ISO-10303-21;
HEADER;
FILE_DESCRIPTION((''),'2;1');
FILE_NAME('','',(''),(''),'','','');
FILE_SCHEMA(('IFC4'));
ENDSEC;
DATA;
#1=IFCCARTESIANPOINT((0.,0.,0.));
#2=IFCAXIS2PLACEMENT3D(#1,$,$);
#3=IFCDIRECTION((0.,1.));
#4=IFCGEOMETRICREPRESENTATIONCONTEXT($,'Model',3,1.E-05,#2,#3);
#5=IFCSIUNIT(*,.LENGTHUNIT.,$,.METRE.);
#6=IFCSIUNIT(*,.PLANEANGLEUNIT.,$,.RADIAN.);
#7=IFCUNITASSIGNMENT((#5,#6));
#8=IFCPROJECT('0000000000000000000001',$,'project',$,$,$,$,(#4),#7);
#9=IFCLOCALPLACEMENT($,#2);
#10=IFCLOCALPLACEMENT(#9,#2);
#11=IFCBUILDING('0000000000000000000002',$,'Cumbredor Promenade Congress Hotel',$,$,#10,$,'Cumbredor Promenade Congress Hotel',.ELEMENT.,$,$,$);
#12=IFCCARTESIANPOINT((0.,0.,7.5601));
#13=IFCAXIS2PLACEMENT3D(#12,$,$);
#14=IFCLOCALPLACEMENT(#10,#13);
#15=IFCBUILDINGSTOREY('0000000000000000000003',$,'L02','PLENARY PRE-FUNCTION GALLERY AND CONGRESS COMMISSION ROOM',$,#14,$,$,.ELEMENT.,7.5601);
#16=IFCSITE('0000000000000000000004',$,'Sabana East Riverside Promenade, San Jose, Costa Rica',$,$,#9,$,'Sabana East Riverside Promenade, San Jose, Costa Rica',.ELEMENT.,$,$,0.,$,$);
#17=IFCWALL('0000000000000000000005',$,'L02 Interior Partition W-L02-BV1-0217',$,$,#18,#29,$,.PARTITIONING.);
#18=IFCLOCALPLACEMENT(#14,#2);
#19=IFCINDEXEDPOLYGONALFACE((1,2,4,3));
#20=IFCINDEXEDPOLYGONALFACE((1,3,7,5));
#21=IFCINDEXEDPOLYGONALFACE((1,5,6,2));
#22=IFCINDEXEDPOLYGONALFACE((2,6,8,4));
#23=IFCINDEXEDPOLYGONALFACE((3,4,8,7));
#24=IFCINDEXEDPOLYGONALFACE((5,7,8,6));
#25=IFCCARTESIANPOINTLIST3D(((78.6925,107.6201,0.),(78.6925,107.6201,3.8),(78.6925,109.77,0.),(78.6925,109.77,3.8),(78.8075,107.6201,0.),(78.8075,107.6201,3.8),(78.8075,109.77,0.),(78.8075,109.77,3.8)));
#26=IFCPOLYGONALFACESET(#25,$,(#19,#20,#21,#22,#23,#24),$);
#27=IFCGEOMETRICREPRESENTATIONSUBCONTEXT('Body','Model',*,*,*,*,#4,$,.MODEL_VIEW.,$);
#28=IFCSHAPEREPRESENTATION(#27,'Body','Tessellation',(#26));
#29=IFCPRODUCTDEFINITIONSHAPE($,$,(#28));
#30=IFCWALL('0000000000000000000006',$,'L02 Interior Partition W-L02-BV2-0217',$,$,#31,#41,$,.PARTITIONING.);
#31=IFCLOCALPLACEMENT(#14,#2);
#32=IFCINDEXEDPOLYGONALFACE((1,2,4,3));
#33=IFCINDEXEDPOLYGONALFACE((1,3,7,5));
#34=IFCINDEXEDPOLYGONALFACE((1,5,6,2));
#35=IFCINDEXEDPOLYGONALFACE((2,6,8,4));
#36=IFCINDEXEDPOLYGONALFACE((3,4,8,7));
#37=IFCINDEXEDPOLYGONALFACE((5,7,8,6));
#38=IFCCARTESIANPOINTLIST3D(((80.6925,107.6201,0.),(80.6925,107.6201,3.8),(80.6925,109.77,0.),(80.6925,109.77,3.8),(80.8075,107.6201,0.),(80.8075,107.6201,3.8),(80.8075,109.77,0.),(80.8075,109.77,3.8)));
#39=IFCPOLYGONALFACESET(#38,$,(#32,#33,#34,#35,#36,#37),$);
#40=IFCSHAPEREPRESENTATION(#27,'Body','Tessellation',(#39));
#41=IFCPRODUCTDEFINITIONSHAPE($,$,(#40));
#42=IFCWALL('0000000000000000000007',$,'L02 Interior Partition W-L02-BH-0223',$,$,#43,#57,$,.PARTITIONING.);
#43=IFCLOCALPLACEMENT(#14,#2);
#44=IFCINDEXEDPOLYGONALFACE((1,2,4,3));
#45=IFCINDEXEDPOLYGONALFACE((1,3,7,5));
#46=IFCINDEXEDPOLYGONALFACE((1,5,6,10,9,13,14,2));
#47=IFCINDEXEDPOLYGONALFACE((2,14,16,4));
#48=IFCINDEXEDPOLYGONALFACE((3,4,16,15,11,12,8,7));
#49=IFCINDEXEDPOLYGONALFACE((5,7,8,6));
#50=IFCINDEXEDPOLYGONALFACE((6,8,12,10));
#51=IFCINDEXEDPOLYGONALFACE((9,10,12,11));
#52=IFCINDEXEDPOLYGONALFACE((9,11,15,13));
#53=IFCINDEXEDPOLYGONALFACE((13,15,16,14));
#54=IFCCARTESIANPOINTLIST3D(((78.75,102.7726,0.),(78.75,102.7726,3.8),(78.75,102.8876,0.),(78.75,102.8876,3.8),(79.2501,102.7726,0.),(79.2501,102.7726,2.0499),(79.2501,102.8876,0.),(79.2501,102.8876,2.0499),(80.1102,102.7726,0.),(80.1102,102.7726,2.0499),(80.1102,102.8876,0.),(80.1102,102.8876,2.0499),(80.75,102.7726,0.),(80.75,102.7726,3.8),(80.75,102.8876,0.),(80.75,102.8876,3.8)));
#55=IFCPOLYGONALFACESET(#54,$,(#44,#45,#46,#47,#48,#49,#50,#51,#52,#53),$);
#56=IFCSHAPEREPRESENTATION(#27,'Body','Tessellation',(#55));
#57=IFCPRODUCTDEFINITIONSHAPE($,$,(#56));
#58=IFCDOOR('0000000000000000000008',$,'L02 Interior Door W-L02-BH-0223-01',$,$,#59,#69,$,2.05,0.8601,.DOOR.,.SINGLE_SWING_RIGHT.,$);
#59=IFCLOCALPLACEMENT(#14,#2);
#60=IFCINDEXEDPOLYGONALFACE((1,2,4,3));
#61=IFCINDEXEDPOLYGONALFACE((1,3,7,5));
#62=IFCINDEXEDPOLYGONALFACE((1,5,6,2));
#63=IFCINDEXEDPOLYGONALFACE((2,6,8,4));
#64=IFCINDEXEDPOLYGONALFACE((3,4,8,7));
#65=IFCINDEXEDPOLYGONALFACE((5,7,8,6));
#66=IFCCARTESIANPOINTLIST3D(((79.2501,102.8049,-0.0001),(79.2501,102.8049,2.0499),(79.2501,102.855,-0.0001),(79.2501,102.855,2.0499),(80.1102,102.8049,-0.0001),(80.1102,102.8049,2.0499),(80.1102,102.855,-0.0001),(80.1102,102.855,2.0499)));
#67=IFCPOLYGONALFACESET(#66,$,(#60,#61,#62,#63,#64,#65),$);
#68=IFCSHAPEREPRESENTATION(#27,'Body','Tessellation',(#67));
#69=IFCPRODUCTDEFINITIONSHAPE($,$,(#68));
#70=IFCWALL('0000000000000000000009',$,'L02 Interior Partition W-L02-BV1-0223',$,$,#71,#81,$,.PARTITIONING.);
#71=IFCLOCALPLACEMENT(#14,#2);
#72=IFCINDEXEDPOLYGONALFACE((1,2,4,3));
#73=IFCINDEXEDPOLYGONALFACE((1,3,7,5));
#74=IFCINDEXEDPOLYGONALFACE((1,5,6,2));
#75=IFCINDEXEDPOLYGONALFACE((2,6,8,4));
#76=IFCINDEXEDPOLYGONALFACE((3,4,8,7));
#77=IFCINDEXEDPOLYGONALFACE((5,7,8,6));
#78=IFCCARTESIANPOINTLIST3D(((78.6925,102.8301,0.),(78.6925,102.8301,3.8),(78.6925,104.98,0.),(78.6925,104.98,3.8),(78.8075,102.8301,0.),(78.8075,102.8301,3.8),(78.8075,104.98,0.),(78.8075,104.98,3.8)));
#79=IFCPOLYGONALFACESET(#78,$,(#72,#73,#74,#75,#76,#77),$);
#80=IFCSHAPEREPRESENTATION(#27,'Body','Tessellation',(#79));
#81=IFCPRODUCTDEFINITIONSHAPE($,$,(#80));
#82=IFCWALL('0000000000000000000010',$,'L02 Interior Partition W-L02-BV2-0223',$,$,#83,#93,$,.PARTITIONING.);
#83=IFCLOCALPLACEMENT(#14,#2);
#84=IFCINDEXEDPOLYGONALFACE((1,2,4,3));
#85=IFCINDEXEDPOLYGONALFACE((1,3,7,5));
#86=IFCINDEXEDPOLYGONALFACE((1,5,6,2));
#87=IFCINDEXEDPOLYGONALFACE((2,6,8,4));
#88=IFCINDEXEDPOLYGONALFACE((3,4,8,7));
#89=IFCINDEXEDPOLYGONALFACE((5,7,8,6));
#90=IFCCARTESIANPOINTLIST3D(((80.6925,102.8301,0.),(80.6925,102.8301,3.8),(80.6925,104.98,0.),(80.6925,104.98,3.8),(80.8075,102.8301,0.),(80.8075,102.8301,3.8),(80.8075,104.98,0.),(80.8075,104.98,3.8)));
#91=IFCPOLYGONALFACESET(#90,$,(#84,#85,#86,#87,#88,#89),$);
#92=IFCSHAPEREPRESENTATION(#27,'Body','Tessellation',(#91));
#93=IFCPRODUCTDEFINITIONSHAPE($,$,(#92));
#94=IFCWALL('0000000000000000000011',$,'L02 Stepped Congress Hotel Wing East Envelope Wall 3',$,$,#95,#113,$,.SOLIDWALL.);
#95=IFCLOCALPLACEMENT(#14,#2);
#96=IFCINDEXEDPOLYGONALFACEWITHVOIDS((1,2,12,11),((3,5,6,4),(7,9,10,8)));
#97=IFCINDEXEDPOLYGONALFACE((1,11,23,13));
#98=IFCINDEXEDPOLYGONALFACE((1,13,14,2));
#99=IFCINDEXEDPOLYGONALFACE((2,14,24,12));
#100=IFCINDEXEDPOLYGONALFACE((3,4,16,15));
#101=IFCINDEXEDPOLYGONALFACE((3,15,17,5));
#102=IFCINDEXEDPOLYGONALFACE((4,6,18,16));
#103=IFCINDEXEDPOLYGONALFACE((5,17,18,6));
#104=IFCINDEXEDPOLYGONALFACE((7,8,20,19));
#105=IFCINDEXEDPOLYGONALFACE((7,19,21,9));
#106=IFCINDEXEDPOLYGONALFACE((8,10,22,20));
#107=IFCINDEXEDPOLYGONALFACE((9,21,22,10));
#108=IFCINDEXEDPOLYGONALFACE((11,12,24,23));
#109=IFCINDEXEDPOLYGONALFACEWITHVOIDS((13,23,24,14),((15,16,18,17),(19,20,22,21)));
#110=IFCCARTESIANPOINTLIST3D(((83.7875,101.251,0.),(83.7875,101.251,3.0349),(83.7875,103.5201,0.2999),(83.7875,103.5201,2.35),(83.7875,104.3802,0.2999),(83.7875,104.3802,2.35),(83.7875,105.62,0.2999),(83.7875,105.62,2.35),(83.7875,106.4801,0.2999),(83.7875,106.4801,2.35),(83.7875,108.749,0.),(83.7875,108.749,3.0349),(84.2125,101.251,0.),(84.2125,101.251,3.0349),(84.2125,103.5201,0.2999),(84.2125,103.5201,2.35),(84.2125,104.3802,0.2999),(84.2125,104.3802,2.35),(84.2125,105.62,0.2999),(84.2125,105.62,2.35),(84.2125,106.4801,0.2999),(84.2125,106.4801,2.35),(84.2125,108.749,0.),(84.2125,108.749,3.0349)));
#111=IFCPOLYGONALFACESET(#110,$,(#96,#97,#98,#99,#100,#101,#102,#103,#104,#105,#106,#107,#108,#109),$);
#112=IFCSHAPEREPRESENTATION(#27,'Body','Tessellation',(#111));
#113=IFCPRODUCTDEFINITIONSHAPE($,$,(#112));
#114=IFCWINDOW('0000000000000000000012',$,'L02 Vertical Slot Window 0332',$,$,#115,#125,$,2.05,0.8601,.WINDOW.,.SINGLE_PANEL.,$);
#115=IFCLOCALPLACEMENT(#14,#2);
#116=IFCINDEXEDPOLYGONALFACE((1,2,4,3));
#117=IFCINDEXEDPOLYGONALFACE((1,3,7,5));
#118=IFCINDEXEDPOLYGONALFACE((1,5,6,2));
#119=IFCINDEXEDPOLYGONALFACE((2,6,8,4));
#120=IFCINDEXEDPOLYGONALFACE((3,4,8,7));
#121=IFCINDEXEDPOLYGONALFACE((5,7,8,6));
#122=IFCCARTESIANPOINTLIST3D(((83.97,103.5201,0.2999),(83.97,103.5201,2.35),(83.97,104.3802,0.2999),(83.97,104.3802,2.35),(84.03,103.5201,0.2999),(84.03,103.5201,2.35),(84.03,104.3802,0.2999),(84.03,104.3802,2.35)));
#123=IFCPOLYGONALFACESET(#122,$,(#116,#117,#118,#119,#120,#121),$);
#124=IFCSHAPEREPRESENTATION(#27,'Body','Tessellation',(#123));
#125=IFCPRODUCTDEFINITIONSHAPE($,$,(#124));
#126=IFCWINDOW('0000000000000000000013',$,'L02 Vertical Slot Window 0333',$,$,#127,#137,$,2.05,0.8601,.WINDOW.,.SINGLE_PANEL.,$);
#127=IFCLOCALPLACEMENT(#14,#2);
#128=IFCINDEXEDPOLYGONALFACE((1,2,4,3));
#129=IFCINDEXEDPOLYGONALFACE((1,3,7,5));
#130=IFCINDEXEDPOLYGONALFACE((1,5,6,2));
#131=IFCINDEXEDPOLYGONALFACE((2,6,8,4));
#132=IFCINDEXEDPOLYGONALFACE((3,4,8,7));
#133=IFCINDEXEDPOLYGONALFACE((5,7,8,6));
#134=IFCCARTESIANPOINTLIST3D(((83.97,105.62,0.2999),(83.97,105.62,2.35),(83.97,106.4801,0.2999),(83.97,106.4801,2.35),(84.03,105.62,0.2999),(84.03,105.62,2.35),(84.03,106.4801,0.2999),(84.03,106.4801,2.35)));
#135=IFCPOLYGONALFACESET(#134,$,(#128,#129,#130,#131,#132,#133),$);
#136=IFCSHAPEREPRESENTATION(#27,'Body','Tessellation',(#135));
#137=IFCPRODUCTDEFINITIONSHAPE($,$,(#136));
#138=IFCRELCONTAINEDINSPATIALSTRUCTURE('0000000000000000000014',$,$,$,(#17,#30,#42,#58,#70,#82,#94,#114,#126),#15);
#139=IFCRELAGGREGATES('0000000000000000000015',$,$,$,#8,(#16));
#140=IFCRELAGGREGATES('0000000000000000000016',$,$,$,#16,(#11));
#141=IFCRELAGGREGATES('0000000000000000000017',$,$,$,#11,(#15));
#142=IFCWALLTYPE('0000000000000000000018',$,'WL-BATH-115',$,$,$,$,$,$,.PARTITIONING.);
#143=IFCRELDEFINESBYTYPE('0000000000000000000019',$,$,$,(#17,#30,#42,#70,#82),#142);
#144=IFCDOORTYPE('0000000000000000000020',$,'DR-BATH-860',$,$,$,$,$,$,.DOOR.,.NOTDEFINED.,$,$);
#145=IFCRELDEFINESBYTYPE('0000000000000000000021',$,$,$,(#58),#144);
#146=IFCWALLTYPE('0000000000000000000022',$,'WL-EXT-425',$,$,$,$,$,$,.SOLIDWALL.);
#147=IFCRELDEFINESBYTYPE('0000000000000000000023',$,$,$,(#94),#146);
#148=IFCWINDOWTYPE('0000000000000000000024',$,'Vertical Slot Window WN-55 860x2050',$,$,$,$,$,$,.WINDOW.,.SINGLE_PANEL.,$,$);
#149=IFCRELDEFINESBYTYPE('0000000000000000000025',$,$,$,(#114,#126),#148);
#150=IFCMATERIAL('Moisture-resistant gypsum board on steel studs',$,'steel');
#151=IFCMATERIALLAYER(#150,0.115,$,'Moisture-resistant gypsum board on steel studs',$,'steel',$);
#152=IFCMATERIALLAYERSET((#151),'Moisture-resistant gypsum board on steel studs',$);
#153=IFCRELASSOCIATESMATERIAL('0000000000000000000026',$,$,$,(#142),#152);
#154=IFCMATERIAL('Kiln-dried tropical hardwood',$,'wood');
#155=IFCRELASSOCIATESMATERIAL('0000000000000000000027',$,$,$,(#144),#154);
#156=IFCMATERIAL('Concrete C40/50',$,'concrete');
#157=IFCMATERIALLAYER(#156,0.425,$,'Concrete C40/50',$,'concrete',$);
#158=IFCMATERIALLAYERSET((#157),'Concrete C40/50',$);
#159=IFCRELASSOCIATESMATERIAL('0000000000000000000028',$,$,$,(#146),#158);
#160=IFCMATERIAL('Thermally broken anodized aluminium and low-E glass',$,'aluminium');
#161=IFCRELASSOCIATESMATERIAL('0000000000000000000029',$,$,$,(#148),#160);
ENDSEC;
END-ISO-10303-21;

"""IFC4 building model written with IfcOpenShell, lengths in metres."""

from ifc_helpers import new_model, si_unit, direction, frame, frame_2d, origin, place, context, subcontext, project, spatial, rectangle, extrude, material, layer, layer_set, type_object, element, fill, save


model = new_model("IFC4")

# Units and contexts
model_context = context("Model", 3, precision=1e-05, world=origin(), true_north=direction((0.0, 1.0)))
body_context = subcontext(model_context, "Body", "Model", "MODEL_VIEW")
ifc_project = project(units=[si_unit("LENGTHUNIT", "METRE"), si_unit("PLANEANGLEUNIT", "RADIAN")], contexts=[model_context])

# Site, building, storey
site_placement = place(None, origin())
site = spatial("IfcSite", under=ifc_project, at=site_placement, Name="Sabana East Riverside Promenade, San Jose, Costa Rica", LongName="Sabana East Riverside Promenade, San Jose, Costa Rica", CompositionType="ELEMENT", RefElevation=0.0)
building_placement = place(site_placement, origin())
building = spatial("IfcBuilding", under=site, at=building_placement, Name="Cumbredor Promenade Congress Hotel", LongName="Cumbredor Promenade Congress Hotel", CompositionType="ELEMENT")
storey_placement = place(building_placement, frame((0.0, 0.0, 7.5601)))
storey = spatial("IfcBuildingStorey", under=building, at=storey_placement, Name="L02", Description="PLENARY PRE-FUNCTION GALLERY AND CONGRESS COMMISSION ROOM", CompositionType="ELEMENT", Elevation=7.5601)

# Shared definitions
ifc_material_1 = material(Name="Concrete C40/50", Category="concrete")

# Shared definitions
ifc_material_2 = material(Name="Thermally broken anodized aluminium and low-E glass", Category="aluminium")

# Walls
ifc_material_3 = material(Name="Moisture-resistant gypsum board on steel studs", Category="steel")
ifc_layer_1 = layer(ifc_material_3, 0.115, Name="Moisture-resistant gypsum board on steel studs", Category="steel")
ifc_layer_set_1 = layer_set([ifc_layer_1], Name="Moisture-resistant gypsum board on steel studs")
wall_type_1 = type_object("IfcWallType", Name="WL-BATH-115", PredefinedType="PARTITIONING", material=ifc_layer_set_1)
for number, where, z_axis, x_axis, name in (
    (1, (78.75, 107.6201, 0.0), (0.0, 0.0, 1.0), (0.0, 1.0, 0.0), "L02 Interior Partition W-L02-BV1-0217"),
    (2, (80.75, 107.6201, 0.0), (0.0, 0.0, 1.0), (0.0, 1.0, 0.0), "L02 Interior Partition W-L02-BV2-0217"),
):
    element("IfcWall", number, at=place(storey_placement, frame(where, z_axis=z_axis, x_axis=x_axis)), inside=storey, type_object=wall_type_1, Name=name, PredefinedType="PARTITIONING", context=body_context, shape_type="SweptSolid", body=[
        extrude(rectangle(XDim=2.1499, YDim=0.115, at=frame_2d((1.075, 0.0))), origin(), (0.0, 0.0, 1.0), 3.8),
    ])

# Wall, opening, door
wall_1_placement = place(storey_placement, frame((78.75, 102.8301, 0.0), z_axis=(0.0, 0.0, 1.0), x_axis=(1.0, 0.0, 0.0)))
wall_1 = element("IfcWall", 3, at=wall_1_placement, inside=storey, type_object=wall_type_1, Name="L02 Interior Partition W-L02-BH-0223", PredefinedType="PARTITIONING", context=body_context, shape_type="SweptSolid", body=[
    extrude(rectangle(XDim=2.0, YDim=0.115, at=frame_2d((1.0, 0.0))), origin(), (0.0, 0.0, 1.0), 3.8),
])
opening_1_placement = place(wall_1_placement, frame((0.5, 0.0, 0.0)))
opening_1 = element("IfcOpeningElement", 4, at=opening_1_placement, cuts=wall_1, PredefinedType="OPENING", context=body_context, shape_type="SweptSolid", body=[
    extrude(rectangle(XDim=0.8601, YDim=2.05, at=frame_2d((0.4302, 1.0249))), frame((0.0, 0.0674, 0.0), z_axis=(0.0, -1.0, 0.0), x_axis=(1.0, 0.0, 0.0)), (0.0, 0.0, 1.0), 0.135),
])
ifc_material_4 = material(Name="Kiln-dried tropical hardwood", Category="wood")
door_type = type_object("IfcDoorType", Name="DR-BATH-860", OperationType="NOTDEFINED", PredefinedType="DOOR", material=ifc_material_4)
door_placement = place(opening_1_placement, origin())
door = element("IfcDoor", 5, at=door_placement, inside=storey, type_object=door_type, Name="L02 Interior Door W-L02-BH-0223-01", OperationType="SINGLE_SWING_RIGHT", OverallHeight=2.05, OverallWidth=0.8601, PredefinedType="DOOR", context=body_context, shape_type="SweptSolid", body=[
    extrude(rectangle(XDim=0.8601, YDim=2.05, at=frame_2d((0.4302, 1.0249))), frame((0.0, 0.0249, 0.0), z_axis=(0.0, -1.0, 0.0), x_axis=(1.0, 0.0, 0.0)), (0.0, 0.0, 1.0), 0.05),
])
fill(opening_1, door)

# Walls
for number, where, z_axis, x_axis, name in (
    (6, (78.75, 102.8301, 0.0), (0.0, 0.0, 1.0), (0.0, 1.0, 0.0), "L02 Interior Partition W-L02-BV1-0223"),
    (7, (80.75, 102.8301, 0.0), (0.0, 0.0, 1.0), (0.0, 1.0, 0.0), "L02 Interior Partition W-L02-BV2-0223"),
):
    element("IfcWall", number, at=place(storey_placement, frame(where, z_axis=z_axis, x_axis=x_axis)), inside=storey, type_object=wall_type_1, Name=name, PredefinedType="PARTITIONING", context=body_context, shape_type="SweptSolid", body=[
        extrude(rectangle(XDim=2.1499, YDim=0.115, at=frame_2d((1.075, 0.0))), origin(), (0.0, 0.0, 1.0), 3.8),
    ])

# Wall, openings, windows
ifc_layer_2 = layer(ifc_material_1, 0.425, Name="Concrete C40/50", Category="concrete")
ifc_layer_set_2 = layer_set([ifc_layer_2], Name="Concrete C40/50")
wall_type_2 = type_object("IfcWallType", Name="WL-EXT-425", PredefinedType="SOLIDWALL", material=ifc_layer_set_2)
wall_2_placement = place(storey_placement, frame((84.0, 101.251, 0.0), z_axis=(0.0, 0.0, 1.0), x_axis=(0.0, 1.0, 0.0)))
wall_2 = element("IfcWall", 8, at=wall_2_placement, inside=storey, type_object=wall_type_2, Name="L02 Stepped Congress Hotel Wing East Envelope Wall 3", PredefinedType="SOLIDWALL", context=body_context, shape_type="SweptSolid", body=[
    extrude(rectangle(XDim=7.498, YDim=0.425, at=frame_2d((3.749, 0.0))), origin(), (0.0, 0.0, 1.0), 3.0349),
])
opening_2_placement = place(wall_2_placement, frame((2.269, 0.0, 0.3)))
opening_2 = element("IfcOpeningElement", 9, at=opening_2_placement, cuts=wall_2, PredefinedType="OPENING", context=body_context, shape_type="SweptSolid", body=[
    extrude(rectangle(XDim=0.8601, YDim=2.05, at=frame_2d((0.4302, 1.0249))), frame((0.0, 0.2227, 0.0), z_axis=(0.0, -1.0, 0.0), x_axis=(1.0, 0.0, 0.0)), (0.0, 0.0, 1.0), 0.4451),
])
opening_3_placement = place(wall_2_placement, frame((4.3689, 0.0, 0.3)))
opening_3 = element("IfcOpeningElement", 10, at=opening_3_placement, cuts=wall_2, PredefinedType="OPENING", context=body_context, shape_type="SweptSolid", body=[
    extrude(rectangle(XDim=0.8601, YDim=2.05, at=frame_2d((0.4302, 1.0249))), frame((0.0, 0.2227, 0.0), z_axis=(0.0, -1.0, 0.0), x_axis=(1.0, 0.0, 0.0)), (0.0, 0.0, 1.0), 0.4451),
])
window_type = type_object("IfcWindowType", Name="Vertical Slot Window WN-55 860x2050", PartitioningType="SINGLE_PANEL", PredefinedType="WINDOW", material=ifc_material_2)
window_1_placement = place(opening_2_placement, origin())
window_1 = element("IfcWindow", 11, at=window_1_placement, inside=storey, type_object=window_type, Name="L02 Vertical Slot Window 0332", OverallHeight=2.05, OverallWidth=0.8601, PartitioningType="SINGLE_PANEL", PredefinedType="WINDOW", context=body_context, shape_type="SweptSolid", body=[
    extrude(rectangle(XDim=0.8601, YDim=2.05, at=frame_2d((0.4302, 1.0249))), frame((0.0, 0.03, 0.0), z_axis=(0.0, -1.0, 0.0), x_axis=(1.0, 0.0, 0.0)), (0.0, 0.0, 1.0), 0.0601),
])
fill(opening_2, window_1)
window_2_placement = place(opening_3_placement, origin())
window_2 = element("IfcWindow", 12, at=window_2_placement, inside=storey, type_object=window_type, Name="L02 Vertical Slot Window 0333", OverallHeight=2.05, OverallWidth=0.8601, PartitioningType="SINGLE_PANEL", PredefinedType="WINDOW", context=body_context, shape_type="SweptSolid", body=[
    extrude(rectangle(XDim=0.8601, YDim=2.05, at=frame_2d((0.4302, 1.0249))), frame((0.0, 0.03, 0.0), z_axis=(0.0, -1.0, 0.0), x_axis=(1.0, 0.0, 0.0)), (0.0, 0.0, 1.0), 0.0601),
])
fill(opening_3, window_2)

save(model, "model.ifc")
